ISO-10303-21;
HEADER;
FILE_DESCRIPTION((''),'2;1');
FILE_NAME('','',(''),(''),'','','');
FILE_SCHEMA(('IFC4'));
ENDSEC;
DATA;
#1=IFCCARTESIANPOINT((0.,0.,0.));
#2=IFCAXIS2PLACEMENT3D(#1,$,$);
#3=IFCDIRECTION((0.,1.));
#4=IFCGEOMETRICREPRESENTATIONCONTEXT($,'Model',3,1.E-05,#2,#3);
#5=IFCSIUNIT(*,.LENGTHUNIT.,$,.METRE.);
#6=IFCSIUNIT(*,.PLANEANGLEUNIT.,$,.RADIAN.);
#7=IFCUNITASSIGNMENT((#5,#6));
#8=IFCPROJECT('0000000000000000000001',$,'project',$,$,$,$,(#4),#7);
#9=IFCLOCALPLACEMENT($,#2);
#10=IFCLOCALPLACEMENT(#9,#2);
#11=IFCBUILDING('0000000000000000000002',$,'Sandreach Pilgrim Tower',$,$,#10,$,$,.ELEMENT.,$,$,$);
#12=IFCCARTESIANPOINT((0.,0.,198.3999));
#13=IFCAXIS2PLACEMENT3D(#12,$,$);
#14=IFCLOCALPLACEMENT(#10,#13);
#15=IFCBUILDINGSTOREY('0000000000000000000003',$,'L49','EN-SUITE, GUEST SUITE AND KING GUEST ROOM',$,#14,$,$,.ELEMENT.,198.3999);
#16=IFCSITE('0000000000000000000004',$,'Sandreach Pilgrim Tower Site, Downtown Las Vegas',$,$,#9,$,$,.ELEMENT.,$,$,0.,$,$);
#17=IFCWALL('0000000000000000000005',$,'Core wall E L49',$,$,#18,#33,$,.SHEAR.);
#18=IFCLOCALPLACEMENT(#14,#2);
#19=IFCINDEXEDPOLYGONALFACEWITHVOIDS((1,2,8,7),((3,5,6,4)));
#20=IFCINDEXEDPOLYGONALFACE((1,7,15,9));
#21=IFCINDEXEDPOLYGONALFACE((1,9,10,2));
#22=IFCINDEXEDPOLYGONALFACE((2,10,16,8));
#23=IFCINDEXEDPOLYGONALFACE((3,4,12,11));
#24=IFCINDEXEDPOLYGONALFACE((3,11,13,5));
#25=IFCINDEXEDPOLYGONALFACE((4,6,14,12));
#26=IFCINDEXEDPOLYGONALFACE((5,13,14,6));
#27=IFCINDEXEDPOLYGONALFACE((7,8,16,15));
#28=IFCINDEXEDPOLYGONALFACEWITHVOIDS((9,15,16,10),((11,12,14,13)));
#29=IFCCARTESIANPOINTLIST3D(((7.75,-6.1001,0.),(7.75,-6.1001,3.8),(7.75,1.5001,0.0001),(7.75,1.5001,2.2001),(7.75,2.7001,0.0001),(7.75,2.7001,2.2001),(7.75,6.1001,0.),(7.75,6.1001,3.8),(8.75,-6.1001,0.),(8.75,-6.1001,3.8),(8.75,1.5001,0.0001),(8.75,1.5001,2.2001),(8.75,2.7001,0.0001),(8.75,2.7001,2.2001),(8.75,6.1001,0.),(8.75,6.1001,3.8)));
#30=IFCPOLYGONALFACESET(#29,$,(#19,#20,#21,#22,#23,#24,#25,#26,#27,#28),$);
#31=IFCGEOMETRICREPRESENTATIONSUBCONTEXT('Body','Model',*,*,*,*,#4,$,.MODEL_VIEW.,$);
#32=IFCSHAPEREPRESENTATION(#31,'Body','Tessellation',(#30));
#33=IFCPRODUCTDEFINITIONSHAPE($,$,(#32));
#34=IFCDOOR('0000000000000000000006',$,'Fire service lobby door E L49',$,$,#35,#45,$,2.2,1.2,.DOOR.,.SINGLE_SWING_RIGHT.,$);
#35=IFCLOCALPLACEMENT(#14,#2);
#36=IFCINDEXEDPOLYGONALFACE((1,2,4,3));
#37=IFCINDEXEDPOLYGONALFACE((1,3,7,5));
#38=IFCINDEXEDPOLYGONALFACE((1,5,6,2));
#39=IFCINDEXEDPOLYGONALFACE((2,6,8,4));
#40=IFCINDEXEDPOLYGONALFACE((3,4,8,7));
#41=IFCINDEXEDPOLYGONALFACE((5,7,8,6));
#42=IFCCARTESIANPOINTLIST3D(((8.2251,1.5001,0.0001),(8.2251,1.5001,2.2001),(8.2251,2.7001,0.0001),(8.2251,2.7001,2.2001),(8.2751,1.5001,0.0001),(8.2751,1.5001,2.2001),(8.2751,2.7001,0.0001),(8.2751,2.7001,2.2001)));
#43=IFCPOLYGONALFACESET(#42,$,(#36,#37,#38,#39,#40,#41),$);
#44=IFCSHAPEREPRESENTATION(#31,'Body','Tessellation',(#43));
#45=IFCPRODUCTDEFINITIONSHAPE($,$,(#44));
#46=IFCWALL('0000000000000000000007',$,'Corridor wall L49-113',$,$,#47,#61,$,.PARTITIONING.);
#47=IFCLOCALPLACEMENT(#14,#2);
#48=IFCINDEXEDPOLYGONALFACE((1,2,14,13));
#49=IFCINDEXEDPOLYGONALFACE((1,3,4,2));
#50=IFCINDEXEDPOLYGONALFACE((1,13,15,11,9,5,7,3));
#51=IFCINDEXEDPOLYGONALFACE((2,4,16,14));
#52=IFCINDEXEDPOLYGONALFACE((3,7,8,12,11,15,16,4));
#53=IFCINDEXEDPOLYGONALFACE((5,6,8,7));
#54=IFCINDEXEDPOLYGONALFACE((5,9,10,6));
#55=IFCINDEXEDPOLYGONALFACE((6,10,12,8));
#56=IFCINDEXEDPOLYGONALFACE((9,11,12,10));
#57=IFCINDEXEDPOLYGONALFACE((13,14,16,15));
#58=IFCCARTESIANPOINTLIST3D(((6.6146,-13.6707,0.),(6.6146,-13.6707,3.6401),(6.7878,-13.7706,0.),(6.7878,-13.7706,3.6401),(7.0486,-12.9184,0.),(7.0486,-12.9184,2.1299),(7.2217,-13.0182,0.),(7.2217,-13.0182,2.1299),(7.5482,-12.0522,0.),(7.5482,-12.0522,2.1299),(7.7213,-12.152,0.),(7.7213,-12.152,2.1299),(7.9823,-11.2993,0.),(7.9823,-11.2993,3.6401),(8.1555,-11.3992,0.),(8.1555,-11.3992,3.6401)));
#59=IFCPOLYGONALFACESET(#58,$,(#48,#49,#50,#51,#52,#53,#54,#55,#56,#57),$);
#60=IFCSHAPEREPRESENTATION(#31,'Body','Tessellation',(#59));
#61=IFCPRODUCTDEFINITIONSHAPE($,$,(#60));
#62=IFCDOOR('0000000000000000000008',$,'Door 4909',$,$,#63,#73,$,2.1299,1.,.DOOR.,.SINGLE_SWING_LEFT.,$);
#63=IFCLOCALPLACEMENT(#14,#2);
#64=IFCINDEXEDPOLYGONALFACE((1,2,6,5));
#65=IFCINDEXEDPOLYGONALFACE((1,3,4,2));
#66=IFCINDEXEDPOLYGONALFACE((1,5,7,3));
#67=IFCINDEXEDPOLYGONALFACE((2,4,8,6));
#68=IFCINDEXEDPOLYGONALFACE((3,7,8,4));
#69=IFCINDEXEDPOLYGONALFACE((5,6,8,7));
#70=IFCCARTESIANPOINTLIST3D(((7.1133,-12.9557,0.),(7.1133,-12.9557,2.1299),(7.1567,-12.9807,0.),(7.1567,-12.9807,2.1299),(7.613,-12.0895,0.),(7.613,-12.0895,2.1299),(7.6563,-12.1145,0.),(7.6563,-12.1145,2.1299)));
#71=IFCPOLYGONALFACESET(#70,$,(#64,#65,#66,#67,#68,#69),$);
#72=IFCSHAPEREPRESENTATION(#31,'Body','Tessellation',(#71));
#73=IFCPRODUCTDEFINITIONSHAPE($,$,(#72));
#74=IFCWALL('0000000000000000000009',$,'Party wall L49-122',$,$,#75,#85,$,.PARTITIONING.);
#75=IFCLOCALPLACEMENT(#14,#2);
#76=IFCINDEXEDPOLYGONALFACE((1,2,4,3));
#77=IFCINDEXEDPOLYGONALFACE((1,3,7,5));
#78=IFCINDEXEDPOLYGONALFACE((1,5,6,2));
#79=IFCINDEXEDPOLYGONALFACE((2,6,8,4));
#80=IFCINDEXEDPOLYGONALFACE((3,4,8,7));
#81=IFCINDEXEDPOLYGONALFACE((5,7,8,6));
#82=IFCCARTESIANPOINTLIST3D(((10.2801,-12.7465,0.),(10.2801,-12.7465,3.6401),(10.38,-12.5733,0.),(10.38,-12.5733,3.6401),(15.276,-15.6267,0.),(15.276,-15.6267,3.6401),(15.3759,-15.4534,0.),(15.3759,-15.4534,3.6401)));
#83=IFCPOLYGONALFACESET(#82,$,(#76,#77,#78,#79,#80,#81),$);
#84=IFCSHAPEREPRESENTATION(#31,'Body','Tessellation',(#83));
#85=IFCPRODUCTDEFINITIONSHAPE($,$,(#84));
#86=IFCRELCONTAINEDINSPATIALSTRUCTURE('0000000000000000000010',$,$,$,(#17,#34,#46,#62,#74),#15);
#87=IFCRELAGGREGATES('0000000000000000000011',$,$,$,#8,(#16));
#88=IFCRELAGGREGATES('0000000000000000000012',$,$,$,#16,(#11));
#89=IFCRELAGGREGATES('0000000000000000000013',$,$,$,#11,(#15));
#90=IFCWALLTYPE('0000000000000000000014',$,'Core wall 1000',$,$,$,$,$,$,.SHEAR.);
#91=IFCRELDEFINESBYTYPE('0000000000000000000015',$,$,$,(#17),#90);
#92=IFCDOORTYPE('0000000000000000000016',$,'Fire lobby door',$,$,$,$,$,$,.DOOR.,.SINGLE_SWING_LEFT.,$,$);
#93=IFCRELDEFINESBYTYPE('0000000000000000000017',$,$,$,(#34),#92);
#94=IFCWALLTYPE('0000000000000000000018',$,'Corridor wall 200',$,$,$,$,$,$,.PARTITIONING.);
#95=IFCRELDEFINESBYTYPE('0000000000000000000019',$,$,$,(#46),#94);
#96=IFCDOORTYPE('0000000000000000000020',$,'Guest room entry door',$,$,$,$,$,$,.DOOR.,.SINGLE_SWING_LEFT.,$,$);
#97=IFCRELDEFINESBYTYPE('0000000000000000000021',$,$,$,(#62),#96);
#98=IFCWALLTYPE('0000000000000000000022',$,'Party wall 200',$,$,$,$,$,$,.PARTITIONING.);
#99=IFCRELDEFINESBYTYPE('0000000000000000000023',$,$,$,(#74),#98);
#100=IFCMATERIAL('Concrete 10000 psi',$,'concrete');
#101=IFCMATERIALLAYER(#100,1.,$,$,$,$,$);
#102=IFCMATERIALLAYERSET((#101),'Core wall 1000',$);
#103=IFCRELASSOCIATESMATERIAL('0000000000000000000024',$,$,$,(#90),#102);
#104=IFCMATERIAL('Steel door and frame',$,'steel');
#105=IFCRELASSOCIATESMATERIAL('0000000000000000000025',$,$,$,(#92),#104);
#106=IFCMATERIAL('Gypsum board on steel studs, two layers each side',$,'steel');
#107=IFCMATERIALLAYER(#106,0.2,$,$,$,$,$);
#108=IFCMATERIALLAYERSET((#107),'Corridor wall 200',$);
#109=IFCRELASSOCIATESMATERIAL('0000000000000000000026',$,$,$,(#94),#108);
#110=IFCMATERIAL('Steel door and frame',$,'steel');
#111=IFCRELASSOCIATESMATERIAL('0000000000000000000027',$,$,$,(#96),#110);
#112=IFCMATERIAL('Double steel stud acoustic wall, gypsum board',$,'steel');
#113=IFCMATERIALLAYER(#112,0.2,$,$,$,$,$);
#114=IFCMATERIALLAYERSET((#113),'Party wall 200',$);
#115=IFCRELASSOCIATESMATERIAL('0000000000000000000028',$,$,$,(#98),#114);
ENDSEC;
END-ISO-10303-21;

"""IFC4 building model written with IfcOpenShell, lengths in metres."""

from ifc_helpers import new_model, si_unit, direction, frame, frame_2d, origin, place, context, subcontext, project, spatial, rectangle, extrude, material, layer, layer_set, type_object, element, fill, save


model = new_model("IFC4")

# Units and contexts
model_context = context("Model", 3, precision=1e-05, world=origin(), true_north=direction((0.0, 1.0)))
body_context = subcontext(model_context, "Body", "Model", "MODEL_VIEW")
ifc_project = project(units=[si_unit("LENGTHUNIT", "METRE"), si_unit("PLANEANGLEUNIT", "RADIAN")], contexts=[model_context])

# Site, building, storey
site_placement = place(None, origin())
site = spatial("IfcSite", under=ifc_project, at=site_placement, Name="Sandreach Pilgrim Tower Site, Downtown Las Vegas", CompositionType="ELEMENT", RefElevation=0.0)
building_placement = place(site_placement, origin())
building = spatial("IfcBuilding", under=site, at=building_placement, Name="Sandreach Pilgrim Tower", CompositionType="ELEMENT")
storey_placement = place(building_placement, frame((0.0, 0.0, 198.3999)))
storey = spatial("IfcBuildingStorey", under=building, at=storey_placement, Name="L49", Description="EN-SUITE, GUEST SUITE AND KING GUEST ROOM", CompositionType="ELEMENT", Elevation=198.3999)

# Walls, openings, doors
ifc_material_1 = material(Name="Concrete 10000 psi", Category="concrete")
ifc_layer_1 = layer(ifc_material_1, 1.0)
ifc_layer_set_1 = layer_set([ifc_layer_1], Name="Core wall 1000")
wall_type_1 = type_object("IfcWallType", Name="Core wall 1000", PredefinedType="SHEAR", material=ifc_layer_set_1)
wall_1_placement = place(storey_placement, frame((8.25, -6.1001, 0.0), z_axis=(0.0, 0.0, 1.0), x_axis=(0.0, 1.0, 0.0)))
wall_1 = element("IfcWall", 1, at=wall_1_placement, inside=storey, type_object=wall_type_1, Name="Core wall E L49", PredefinedType="SHEAR", context=body_context, shape_type="SweptSolid", body=[
    extrude(rectangle(XDim=12.2002, YDim=1.0, at=frame_2d((6.1001, 0.0))), origin(), (0.0, 0.0, 1.0), 3.8),
])
opening_1_placement = place(wall_1_placement, frame((7.6001, 0.0, 0.0)))
opening_1 = element("IfcOpeningElement", 2, at=opening_1_placement, cuts=wall_1, PredefinedType="OPENING", context=body_context, shape_type="SweptSolid", body=[
    extrude(rectangle(XDim=1.2, YDim=2.2, at=frame_2d((0.6001, 1.1001))), frame((0.0, 0.5, 0.0), z_axis=(0.0, -1.0, 0.0), x_axis=(1.0, 0.0, 0.0)), (0.0, 0.0, 1.0), 1.0),
])
ifc_material_2 = material(Name="Steel door and frame", Category="steel")
door_type_1 = type_object("IfcDoorType", Name="Fire lobby door", OperationType="SINGLE_SWING_LEFT", PredefinedType="DOOR", material=ifc_material_2)
door_1_placement = place(opening_1_placement, origin())
door_1 = element("IfcDoor", 3, at=door_1_placement, inside=storey, type_object=door_type_1, Name="Fire service lobby door E L49", OperationType="SINGLE_SWING_RIGHT", OverallHeight=2.2, OverallWidth=1.2, PredefinedType="DOOR", context=body_context, shape_type="SweptSolid", body=[
    extrude(rectangle(XDim=1.2, YDim=2.2, at=frame_2d((0.6001, 1.1001))), frame((0.0, 0.0249, 0.0), z_axis=(0.0, -1.0, 0.0), x_axis=(1.0, 0.0, 0.0)), (0.0, 0.0, 1.0), 0.05),
])
fill(opening_1, door_1)
ifc_material_3 = material(Name="Gypsum board on steel studs, two layers each side", Category="steel")
ifc_layer_2 = layer(ifc_material_3, 0.2)
ifc_layer_set_2 = layer_set([ifc_layer_2], Name="Corridor wall 200")
wall_type_2 = type_object("IfcWallType", Name="Corridor wall 200", PredefinedType="PARTITIONING", material=ifc_layer_set_2)
wall_2_placement = place(storey_placement, frame((8.0688, -11.3494, 0.0), z_axis=(0.0, 0.0, 1.0), x_axis=(-0.499612, -0.866249, 0.0)))
wall_2 = element("IfcWall", 4, at=wall_2_placement, inside=storey, type_object=wall_type_2, Name="Corridor wall L49-113", PredefinedType="PARTITIONING", context=body_context, shape_type="SweptSolid", body=[
    extrude(rectangle(XDim=2.7375, YDim=0.2, at=frame_2d((1.3687, 0.0))), origin(), (0.0, 0.0, 1.0), 3.6401),
])
opening_2_placement = place(wall_2_placement, frame((0.8689, 0.0, 0.0)))
opening_2 = element("IfcOpeningElement", 5, at=opening_2_placement, cuts=wall_2, PredefinedType="OPENING", context=body_context, shape_type="SweptSolid", body=[
    extrude(rectangle(XDim=1.0, YDim=2.1299, at=frame_2d((0.5, 1.0649))), frame((0.0, 0.1001, 0.0), z_axis=(0.0, -1.0, 0.0), x_axis=(1.0, 0.0, 0.0)), (0.0, 0.0, 1.0), 0.2),
])
ifc_material_4 = material(Name="Steel door and frame", Category="steel")
door_type_2 = type_object("IfcDoorType", Name="Guest room entry door", OperationType="SINGLE_SWING_LEFT", PredefinedType="DOOR", material=ifc_material_4)
door_2_placement = place(opening_2_placement, origin())
door_2 = element("IfcDoor", 6, at=door_2_placement, inside=storey, type_object=door_type_2, Name="Door 4909", OperationType="SINGLE_SWING_LEFT", OverallHeight=2.1299, OverallWidth=1.0, PredefinedType="DOOR", context=body_context, shape_type="SweptSolid", body=[
    extrude(rectangle(XDim=1.0, YDim=2.1299, at=frame_2d((0.5, 1.0649))), frame((0.0, 0.0249, 0.0), z_axis=(0.0, -1.0, 0.0), x_axis=(1.0, 0.0, 0.0)), (0.0, 0.0, 1.0), 0.05),
])
fill(opening_2, door_2)

# Wall
ifc_material_5 = material(Name="Double steel stud acoustic wall, gypsum board", Category="steel")
ifc_layer_3 = layer(ifc_material_5, 0.2)
ifc_layer_set_3 = layer_set([ifc_layer_3], Name="Party wall 200")
wall_type_3 = type_object("IfcWallType", Name="Party wall 200", PredefinedType="PARTITIONING", material=ifc_layer_set_3)
wall_3_placement = place(storey_placement, frame((10.3301, -12.6599, 0.0), z_axis=(0.0, 0.0, 1.0), x_axis=(0.866343, -0.49945, 0.0)))
element("IfcWall", 7, at=wall_3_placement, inside=storey, type_object=wall_type_3, Name="Party wall L49-122", PredefinedType="PARTITIONING", context=body_context, shape_type="SweptSolid", body=[
    extrude(rectangle(XDim=5.7666, YDim=0.2, at=frame_2d((2.8833, 0.0))), origin(), (0.0, 0.0, 1.0), 3.6401),
])

save(model, "model.ifc")
